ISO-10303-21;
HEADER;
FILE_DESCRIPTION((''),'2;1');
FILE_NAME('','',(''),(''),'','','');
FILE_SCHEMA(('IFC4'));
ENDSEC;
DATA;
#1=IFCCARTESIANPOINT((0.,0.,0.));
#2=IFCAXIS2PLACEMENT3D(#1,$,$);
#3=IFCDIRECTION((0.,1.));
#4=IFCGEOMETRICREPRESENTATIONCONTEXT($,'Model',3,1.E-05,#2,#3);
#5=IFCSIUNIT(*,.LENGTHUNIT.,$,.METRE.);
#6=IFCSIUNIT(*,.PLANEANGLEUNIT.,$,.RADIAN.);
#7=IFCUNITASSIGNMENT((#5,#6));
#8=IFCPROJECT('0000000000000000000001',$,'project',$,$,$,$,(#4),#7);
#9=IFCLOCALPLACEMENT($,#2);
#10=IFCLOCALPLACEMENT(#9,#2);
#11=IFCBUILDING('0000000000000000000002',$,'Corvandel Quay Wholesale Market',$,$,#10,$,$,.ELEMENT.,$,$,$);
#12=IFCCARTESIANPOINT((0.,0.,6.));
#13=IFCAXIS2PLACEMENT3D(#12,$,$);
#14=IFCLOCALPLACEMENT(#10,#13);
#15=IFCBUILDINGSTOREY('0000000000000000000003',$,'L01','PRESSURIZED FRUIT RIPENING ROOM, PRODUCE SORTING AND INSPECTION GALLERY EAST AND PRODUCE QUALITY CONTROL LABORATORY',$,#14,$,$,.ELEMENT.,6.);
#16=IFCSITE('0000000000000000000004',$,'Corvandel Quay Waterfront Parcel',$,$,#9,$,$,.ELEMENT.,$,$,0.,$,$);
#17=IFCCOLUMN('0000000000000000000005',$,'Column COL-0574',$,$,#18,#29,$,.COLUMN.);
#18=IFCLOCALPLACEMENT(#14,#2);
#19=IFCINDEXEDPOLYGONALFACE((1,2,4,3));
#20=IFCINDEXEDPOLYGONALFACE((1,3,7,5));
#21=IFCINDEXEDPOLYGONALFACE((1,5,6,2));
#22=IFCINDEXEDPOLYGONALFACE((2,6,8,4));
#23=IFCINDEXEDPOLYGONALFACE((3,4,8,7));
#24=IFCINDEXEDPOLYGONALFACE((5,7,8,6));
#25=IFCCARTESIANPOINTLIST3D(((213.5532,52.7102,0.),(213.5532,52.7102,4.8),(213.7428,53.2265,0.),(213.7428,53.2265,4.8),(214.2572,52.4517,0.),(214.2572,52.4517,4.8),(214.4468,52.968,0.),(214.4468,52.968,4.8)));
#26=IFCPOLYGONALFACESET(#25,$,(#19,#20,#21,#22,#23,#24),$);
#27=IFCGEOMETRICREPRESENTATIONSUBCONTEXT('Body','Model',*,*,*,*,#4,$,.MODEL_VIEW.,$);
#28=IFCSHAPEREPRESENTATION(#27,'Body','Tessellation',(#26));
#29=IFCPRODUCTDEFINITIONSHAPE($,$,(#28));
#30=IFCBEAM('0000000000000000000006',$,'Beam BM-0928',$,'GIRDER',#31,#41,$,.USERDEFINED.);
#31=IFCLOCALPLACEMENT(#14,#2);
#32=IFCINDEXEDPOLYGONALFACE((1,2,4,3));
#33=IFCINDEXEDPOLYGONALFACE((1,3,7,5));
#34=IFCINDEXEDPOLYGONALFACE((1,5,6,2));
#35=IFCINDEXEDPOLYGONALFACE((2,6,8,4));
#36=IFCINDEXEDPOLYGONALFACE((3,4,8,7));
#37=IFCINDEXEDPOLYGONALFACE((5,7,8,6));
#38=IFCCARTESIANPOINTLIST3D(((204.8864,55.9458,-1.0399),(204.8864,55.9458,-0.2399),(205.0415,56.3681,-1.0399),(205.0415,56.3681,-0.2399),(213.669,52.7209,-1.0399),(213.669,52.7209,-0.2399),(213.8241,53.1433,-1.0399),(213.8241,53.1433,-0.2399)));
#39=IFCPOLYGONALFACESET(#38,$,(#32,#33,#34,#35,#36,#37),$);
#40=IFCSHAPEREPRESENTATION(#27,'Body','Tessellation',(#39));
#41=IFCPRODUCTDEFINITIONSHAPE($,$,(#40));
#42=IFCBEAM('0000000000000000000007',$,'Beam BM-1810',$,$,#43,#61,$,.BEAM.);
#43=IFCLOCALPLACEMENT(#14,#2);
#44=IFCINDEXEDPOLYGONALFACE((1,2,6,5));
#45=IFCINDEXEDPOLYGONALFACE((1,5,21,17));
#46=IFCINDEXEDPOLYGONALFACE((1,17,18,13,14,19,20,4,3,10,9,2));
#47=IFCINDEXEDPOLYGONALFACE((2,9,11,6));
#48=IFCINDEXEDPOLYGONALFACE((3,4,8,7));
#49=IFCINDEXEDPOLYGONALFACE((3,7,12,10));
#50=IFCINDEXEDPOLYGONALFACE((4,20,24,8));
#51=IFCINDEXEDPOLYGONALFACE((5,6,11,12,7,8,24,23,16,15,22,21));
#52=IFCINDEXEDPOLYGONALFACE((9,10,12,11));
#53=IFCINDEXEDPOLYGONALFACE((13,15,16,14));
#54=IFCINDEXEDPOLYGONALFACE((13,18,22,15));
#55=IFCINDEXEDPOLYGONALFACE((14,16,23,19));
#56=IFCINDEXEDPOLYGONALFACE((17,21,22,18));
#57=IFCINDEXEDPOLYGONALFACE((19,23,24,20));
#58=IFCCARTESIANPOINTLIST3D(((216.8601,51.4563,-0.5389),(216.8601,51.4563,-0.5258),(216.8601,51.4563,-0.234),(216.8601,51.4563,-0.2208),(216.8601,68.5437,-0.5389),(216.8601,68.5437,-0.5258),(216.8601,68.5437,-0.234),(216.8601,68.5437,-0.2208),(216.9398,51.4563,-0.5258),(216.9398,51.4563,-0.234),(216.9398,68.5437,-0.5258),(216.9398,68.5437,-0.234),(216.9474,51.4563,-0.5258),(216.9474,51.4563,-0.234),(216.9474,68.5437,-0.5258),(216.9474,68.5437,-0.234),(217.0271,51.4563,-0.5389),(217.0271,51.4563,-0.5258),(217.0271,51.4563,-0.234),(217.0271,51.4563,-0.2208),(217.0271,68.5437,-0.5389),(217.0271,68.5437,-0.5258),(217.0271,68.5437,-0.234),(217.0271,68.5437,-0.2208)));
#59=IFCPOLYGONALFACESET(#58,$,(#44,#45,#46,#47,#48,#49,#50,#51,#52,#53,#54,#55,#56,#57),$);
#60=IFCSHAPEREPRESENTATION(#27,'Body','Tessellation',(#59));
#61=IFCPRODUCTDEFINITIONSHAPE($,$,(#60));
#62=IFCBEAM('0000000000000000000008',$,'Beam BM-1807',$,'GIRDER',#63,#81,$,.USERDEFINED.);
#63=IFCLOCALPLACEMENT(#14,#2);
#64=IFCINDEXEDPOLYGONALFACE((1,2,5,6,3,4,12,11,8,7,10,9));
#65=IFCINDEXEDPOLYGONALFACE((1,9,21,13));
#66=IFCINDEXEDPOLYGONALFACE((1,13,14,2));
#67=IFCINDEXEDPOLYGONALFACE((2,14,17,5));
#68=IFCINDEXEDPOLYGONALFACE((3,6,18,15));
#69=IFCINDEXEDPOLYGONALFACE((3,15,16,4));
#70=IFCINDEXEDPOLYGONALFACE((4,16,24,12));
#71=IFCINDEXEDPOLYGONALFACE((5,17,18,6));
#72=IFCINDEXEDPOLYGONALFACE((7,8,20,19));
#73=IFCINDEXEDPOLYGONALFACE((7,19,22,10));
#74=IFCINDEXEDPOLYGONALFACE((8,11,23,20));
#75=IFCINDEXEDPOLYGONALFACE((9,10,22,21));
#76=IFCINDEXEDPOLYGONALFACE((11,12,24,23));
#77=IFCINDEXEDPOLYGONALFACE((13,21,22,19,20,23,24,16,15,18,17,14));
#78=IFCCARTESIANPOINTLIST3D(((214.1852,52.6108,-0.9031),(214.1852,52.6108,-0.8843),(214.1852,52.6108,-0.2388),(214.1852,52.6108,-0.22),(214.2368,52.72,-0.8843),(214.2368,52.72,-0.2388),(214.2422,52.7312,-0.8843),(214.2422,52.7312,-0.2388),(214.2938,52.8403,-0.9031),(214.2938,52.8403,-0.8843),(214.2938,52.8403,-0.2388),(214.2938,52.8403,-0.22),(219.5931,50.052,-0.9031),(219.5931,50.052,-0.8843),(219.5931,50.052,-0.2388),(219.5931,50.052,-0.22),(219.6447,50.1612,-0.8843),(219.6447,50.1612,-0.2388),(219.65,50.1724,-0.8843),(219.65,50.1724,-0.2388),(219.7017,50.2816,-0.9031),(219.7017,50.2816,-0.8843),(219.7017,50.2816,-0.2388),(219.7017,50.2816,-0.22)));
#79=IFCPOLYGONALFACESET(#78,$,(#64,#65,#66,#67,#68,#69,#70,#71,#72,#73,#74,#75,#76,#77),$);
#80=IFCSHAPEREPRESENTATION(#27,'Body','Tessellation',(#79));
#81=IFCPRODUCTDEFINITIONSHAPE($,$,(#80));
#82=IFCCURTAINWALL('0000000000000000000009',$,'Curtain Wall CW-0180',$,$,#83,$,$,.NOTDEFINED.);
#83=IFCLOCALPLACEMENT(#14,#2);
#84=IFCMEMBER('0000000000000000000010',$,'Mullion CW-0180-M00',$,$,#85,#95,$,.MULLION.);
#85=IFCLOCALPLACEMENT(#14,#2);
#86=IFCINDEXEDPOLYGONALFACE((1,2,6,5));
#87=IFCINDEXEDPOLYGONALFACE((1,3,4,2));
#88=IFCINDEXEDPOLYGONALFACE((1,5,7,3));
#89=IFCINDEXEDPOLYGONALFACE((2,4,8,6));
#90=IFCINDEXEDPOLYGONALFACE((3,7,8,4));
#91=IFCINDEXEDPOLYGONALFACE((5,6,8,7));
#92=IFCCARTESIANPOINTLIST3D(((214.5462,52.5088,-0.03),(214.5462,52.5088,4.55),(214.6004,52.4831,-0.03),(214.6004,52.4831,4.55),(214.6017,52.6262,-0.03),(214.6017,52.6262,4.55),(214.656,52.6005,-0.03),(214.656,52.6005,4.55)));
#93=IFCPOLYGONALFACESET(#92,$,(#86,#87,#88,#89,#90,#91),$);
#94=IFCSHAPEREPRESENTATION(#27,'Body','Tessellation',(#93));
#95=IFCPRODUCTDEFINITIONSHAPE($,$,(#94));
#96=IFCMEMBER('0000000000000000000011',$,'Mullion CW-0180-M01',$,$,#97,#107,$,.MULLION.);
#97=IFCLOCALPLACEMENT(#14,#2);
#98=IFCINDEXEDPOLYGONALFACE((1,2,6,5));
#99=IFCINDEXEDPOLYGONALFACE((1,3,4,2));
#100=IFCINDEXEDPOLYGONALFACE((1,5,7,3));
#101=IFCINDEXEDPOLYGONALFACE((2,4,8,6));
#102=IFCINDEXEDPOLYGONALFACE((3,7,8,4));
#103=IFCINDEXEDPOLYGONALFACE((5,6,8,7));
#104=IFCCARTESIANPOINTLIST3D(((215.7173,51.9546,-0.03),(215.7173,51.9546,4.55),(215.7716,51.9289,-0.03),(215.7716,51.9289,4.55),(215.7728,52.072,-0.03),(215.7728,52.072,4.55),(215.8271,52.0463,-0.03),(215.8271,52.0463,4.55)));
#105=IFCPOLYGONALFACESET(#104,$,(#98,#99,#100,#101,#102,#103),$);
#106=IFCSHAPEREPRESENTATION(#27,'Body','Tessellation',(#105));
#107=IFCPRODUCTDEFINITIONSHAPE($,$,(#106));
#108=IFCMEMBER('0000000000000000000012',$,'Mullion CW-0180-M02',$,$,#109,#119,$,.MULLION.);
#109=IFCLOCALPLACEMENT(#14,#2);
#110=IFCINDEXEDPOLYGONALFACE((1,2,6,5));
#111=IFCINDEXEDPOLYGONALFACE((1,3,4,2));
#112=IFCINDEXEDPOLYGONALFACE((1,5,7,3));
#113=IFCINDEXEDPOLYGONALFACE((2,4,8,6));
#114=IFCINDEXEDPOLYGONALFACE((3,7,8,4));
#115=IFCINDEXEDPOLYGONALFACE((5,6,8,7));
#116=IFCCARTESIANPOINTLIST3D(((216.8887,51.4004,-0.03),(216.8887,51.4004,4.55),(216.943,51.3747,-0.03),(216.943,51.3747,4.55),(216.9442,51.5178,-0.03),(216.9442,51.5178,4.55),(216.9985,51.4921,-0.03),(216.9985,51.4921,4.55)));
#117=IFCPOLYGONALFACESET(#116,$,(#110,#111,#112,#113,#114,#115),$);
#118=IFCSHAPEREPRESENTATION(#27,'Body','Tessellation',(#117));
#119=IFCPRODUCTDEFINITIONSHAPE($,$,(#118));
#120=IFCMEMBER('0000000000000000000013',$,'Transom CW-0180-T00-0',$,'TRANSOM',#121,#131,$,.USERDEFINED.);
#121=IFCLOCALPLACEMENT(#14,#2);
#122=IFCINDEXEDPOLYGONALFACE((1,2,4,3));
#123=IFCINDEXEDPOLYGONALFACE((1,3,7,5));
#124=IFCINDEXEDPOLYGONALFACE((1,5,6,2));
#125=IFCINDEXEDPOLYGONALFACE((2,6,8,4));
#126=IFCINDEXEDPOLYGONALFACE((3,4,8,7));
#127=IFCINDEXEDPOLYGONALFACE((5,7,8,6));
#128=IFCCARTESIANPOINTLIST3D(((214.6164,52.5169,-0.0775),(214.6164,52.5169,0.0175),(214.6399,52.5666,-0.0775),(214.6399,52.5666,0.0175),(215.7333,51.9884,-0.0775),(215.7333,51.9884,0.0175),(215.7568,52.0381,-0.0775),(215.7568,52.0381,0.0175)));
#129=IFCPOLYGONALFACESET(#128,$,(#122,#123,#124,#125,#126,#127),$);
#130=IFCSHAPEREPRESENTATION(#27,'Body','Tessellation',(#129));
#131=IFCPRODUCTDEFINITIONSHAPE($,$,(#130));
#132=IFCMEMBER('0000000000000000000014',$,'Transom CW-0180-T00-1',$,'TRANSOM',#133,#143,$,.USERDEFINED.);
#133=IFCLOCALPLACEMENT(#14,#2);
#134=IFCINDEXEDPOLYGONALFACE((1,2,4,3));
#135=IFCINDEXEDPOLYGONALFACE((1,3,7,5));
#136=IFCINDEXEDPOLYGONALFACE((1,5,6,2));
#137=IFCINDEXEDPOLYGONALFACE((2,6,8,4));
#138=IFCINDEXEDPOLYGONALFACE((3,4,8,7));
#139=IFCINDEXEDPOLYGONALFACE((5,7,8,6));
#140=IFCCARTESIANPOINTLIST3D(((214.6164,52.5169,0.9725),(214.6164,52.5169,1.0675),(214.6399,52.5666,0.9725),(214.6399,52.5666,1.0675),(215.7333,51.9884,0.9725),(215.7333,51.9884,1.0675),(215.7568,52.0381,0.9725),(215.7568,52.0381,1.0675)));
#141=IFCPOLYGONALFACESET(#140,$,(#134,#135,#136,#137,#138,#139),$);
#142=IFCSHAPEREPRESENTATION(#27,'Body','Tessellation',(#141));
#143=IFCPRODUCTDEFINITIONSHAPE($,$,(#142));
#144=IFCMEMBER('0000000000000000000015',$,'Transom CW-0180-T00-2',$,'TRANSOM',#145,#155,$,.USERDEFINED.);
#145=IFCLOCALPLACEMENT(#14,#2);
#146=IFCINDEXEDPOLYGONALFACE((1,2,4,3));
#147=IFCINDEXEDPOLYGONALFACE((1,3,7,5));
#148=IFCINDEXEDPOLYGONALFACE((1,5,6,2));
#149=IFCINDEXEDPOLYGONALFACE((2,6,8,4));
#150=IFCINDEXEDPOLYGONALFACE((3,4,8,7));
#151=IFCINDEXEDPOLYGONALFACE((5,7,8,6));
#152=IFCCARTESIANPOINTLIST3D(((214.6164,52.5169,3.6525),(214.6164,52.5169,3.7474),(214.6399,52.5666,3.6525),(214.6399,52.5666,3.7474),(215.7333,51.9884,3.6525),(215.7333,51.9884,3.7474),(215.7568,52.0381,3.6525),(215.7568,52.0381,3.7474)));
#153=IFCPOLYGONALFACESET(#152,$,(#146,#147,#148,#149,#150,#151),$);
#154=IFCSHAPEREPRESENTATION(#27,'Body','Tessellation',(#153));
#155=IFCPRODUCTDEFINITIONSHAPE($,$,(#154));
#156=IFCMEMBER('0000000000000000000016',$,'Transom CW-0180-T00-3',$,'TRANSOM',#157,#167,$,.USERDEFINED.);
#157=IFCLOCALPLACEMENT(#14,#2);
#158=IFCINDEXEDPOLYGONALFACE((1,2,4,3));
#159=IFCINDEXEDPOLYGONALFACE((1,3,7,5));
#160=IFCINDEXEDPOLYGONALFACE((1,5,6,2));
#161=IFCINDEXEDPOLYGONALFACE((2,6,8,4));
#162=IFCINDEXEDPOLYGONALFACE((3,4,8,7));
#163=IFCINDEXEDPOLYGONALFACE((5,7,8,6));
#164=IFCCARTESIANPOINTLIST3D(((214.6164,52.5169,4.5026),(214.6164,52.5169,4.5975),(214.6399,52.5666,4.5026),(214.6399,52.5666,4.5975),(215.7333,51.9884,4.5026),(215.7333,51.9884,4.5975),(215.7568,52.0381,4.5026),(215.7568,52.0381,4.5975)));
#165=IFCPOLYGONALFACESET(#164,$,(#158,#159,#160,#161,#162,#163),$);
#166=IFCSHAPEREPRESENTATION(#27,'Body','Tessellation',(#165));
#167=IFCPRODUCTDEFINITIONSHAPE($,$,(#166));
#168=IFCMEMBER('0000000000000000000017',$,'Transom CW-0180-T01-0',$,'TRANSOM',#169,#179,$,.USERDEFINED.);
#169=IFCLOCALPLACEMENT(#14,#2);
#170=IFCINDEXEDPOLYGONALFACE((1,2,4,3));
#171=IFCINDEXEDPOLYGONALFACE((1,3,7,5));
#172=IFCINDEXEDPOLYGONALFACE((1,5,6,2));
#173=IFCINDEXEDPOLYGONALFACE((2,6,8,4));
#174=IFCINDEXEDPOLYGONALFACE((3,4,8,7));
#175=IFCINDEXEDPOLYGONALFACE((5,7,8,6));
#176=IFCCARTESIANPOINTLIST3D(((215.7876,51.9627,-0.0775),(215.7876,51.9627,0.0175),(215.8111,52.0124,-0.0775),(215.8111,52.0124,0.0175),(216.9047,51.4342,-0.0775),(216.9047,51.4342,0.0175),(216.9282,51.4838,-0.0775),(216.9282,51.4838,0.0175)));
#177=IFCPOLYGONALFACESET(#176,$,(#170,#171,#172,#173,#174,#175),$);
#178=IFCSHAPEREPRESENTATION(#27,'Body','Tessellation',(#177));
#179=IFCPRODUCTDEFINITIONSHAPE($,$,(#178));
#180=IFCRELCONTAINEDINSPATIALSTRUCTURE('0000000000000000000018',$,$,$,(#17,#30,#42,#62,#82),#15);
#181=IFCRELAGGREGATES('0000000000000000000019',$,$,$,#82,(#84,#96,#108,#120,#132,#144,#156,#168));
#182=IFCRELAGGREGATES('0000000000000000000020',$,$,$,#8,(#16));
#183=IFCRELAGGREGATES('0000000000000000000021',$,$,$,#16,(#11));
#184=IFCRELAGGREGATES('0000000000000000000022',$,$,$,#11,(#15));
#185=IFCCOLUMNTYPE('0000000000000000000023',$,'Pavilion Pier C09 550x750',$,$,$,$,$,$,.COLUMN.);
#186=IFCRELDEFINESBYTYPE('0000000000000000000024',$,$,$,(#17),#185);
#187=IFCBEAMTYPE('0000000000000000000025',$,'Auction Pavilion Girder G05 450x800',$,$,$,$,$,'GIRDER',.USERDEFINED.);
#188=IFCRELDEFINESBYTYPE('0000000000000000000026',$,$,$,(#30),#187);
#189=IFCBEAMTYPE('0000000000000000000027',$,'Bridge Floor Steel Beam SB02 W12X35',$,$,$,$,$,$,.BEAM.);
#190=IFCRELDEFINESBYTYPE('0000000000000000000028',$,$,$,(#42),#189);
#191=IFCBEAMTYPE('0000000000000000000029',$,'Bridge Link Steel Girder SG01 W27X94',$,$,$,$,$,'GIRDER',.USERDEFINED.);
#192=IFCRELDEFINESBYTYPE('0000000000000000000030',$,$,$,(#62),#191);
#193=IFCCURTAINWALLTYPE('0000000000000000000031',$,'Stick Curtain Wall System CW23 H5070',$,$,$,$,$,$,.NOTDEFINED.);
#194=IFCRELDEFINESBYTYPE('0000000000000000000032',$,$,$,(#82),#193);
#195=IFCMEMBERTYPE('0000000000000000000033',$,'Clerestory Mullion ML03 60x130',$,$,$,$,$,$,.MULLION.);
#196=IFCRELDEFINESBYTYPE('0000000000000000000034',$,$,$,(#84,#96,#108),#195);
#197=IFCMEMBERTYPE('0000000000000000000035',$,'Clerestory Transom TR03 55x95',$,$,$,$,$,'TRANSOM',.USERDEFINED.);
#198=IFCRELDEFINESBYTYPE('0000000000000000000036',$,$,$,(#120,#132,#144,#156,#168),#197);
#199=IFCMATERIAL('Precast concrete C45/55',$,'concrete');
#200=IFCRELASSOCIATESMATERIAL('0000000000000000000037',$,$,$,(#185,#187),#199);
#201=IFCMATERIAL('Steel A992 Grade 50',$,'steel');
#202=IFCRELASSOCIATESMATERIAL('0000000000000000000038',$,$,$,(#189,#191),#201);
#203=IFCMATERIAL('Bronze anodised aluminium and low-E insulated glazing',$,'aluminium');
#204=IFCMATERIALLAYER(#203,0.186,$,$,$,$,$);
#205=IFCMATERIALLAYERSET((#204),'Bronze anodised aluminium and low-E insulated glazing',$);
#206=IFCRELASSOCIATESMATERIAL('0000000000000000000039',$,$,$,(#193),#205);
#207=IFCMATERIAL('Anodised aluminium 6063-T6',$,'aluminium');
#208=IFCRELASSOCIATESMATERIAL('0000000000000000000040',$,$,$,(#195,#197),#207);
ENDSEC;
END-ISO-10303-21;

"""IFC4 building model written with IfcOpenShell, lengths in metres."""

from ifc_helpers import new_model, si_unit, direction, frame, origin, origin_2d, place, context, subcontext, project, spatial, rectangle, i_section, extrude, material, layer, layer_set, material_profile, profile_set, type_object, element, aggregate, save


model = new_model("IFC4")

# Units and contexts
model_context = context("Model", 3, precision=1e-05, world=origin(), true_north=direction((0.0, 1.0)))
body_context = subcontext(model_context, "Body", "Model", "MODEL_VIEW")
ifc_project = project(units=[si_unit("LENGTHUNIT", "METRE"), si_unit("PLANEANGLEUNIT", "RADIAN")], contexts=[model_context])

# Site, building, storey
site_placement = place(None, origin())
site = spatial("IfcSite", under=ifc_project, at=site_placement, Name="Corvandel Quay Waterfront Parcel", CompositionType="ELEMENT", RefElevation=0.0)
building_placement = place(site_placement, origin())
building = spatial("IfcBuilding", under=site, at=building_placement, Name="Corvandel Quay Wholesale Market", CompositionType="ELEMENT")
storey_placement = place(building_placement, frame((0.0, 0.0, 6.0)))
storey = spatial("IfcBuildingStorey", under=building, at=storey_placement, Name="L01", Description="PRESSURIZED FRUIT RIPENING ROOM, PRODUCE SORTING AND INSPECTION GALLERY EAST AND PRODUCE QUALITY CONTROL LABORATORY", CompositionType="ELEMENT", Elevation=6.0)

# Column
ifc_material_1 = material(Name="Precast concrete C45/55", Category="concrete")
ifc_material_profile_1 = material_profile(ifc_material_1, rectangle(XDim=0.55, YDim=0.75, at=origin_2d()), Name="PC-COL-550x750")
ifc_profile_set_1 = profile_set([ifc_material_profile_1], Name="Precast concrete C45/55")
column_type = type_object("IfcColumnType", Name="Pavilion Pier C09 550x750", PredefinedType="COLUMN", material=ifc_profile_set_1)
column_placement = place(storey_placement, frame((214.0, 52.8391, 0.0), z_axis=(0.0, 0.0, 1.0), x_axis=(0.344643, 0.938734, 0.0)))
element("IfcColumn", 1, at=column_placement, inside=storey, type_object=column_type, Name="Column COL-0574", PredefinedType="COLUMN", context=body_context, shape_type="SweptSolid", body=[
    extrude(rectangle(XDim=0.55, YDim=0.75, at=origin_2d()), origin(), (0.0, 0.0, 1.0), 4.8),
])

# Beams
ifc_material_profile_2 = material_profile(ifc_material_1, rectangle(XDim=0.45, YDim=0.8, at=origin_2d()), Name="PC-GIR-450x800")
ifc_profile_set_2 = profile_set([ifc_material_profile_2], Name="Precast concrete C45/55")
beam_type_1 = type_object("IfcBeamType", Name="Auction Pavilion Girder G05 450x800", ElementType="GIRDER", PredefinedType="USERDEFINED", material=ifc_profile_set_2)
beam_1_placement = place(storey_placement, frame((213.7466, 52.9321, -0.6399), z_axis=(-0.93872, 0.344681, 0.0), x_axis=(-0.344681, -0.93872, 0.0)))
element("IfcBeam", 2, at=beam_1_placement, inside=storey, type_object=beam_type_1, Name="Beam BM-0928", ObjectType="GIRDER", PredefinedType="USERDEFINED", context=body_context, shape_type="SweptSolid", body=[
    extrude(rectangle(XDim=0.45, YDim=0.8, at=origin_2d()), origin(), (0.0, 0.0, 1.0), 9.356),
])
ifc_material_2 = material(Name="Steel A992 Grade 50", Category="steel")
ifc_material_profile_3 = material_profile(ifc_material_2, i_section(OverallWidth=0.167, OverallDepth=0.3181, WebThickness=0.0076, FlangeThickness=0.0132, at=origin_2d()), Name="W12X35")
ifc_profile_set_3 = profile_set([ifc_material_profile_3], Name="Steel A992 Grade 50")
beam_type_2 = type_object("IfcBeamType", Name="Bridge Floor Steel Beam SB02 W12X35", PredefinedType="BEAM", material=ifc_profile_set_3)
beam_2_placement = place(storey_placement, frame((216.9436, 51.4563, -0.3799), z_axis=(0.0, 1.0, 0.0), x_axis=(-1.0, 0.0, 0.0)))
element("IfcBeam", 3, at=beam_2_placement, inside=storey, type_object=beam_type_2, Name="Beam BM-1810", PredefinedType="BEAM", context=body_context, shape_type="SweptSolid", body=[
    extrude(i_section(OverallWidth=0.167, OverallDepth=0.3181, WebThickness=0.0076, FlangeThickness=0.0132, at=origin_2d()), origin(), (0.0, 0.0, 1.0), 17.0874),
])
ifc_material_profile_4 = material_profile(ifc_material_2, i_section(OverallWidth=0.2539, OverallDepth=0.6831, WebThickness=0.0125, FlangeThickness=0.0188, at=origin_2d()), Name="W27X94")
ifc_profile_set_4 = profile_set([ifc_material_profile_4], Name="Steel A992 Grade 50")
beam_type_3 = type_object("IfcBeamType", Name="Bridge Link Steel Girder SG01 W27X94", ElementType="GIRDER", PredefinedType="USERDEFINED", material=ifc_profile_set_4)
beam_3_placement = place(storey_placement, frame((214.2395, 52.7256, -0.5615), z_axis=(0.903921, -0.4277, 0.0), x_axis=(0.4277, 0.903921, 0.0)))
element("IfcBeam", 4, at=beam_3_placement, inside=storey, type_object=beam_type_3, Name="Beam BM-1807", ObjectType="GIRDER", PredefinedType="USERDEFINED", context=body_context, shape_type="SweptSolid", body=[
    extrude(i_section(OverallWidth=0.2539, OverallDepth=0.6831, WebThickness=0.0125, FlangeThickness=0.0188, at=origin_2d()), origin(), (0.0, 0.0, 1.0), 5.9827),
])

# Curtain wall, members
ifc_material_3 = material(Name="Bronze anodised aluminium and low-E insulated glazing", Category="aluminium")
ifc_layer_1 = layer(ifc_material_3, 0.186)
ifc_layer_set_1 = layer_set([ifc_layer_1], Name="Bronze anodised aluminium and low-E insulated glazing")
curtain_wall_type = type_object("IfcCurtainWallType", Name="Stick Curtain Wall System CW23 H5070", PredefinedType="NOTDEFINED", material=ifc_layer_set_1)
curtain_wall_placement = place(storey_placement, origin())
curtain_wall = element("IfcCurtainWall", 5, at=curtain_wall_placement, inside=storey, type_object=curtain_wall_type, Name="Curtain Wall CW-0180", PredefinedType="NOTDEFINED")
ifc_material_4 = material(Name="Anodised aluminium 6063-T6", Category="aluminium")
ifc_material_profile_5 = material_profile(ifc_material_4, rectangle(XDim=0.0601, YDim=0.1299, at=origin_2d()), Name="ALU-MUL-60x130")
ifc_profile_set_5 = profile_set([ifc_material_profile_5], Name="Anodised aluminium 6063-T6")
member_type_1 = type_object("IfcMemberType", Name="Clerestory Mullion ML03 60x130", PredefinedType="MULLION", material=ifc_profile_set_5)
member_1_placement = place(storey_placement, frame((214.6011, 52.5547, -0.03), z_axis=(0.0, 0.0, 1.0), x_axis=(-0.903933, 0.427673, 0.0)))
member_1 = element("IfcMember", 6, at=member_1_placement, type_object=member_type_1, Name="Mullion CW-0180-M00", PredefinedType="MULLION", context=body_context, shape_type="SweptSolid", body=[
    extrude(rectangle(XDim=0.0601, YDim=0.1299, at=origin_2d()), origin(), (0.0, 0.0, 1.0), 4.5801),
])
member_2_placement = place(storey_placement, frame((215.7722, 52.0005, -0.03), z_axis=(0.0, 0.0, 1.0), x_axis=(-0.903933, 0.427673, 0.0)))
member_2 = element("IfcMember", 7, at=member_2_placement, type_object=member_type_1, Name="Mullion CW-0180-M01", PredefinedType="MULLION", context=body_context, shape_type="SweptSolid", body=[
    extrude(rectangle(XDim=0.0601, YDim=0.1299, at=origin_2d()), origin(), (0.0, 0.0, 1.0), 4.5801),
])
member_3_placement = place(storey_placement, frame((216.9436, 51.4463, -0.03), z_axis=(0.0, 0.0, 1.0), x_axis=(-0.903933, 0.427673, 0.0)))
member_3 = element("IfcMember", 8, at=member_3_placement, type_object=member_type_1, Name="Mullion CW-0180-M02", PredefinedType="MULLION", context=body_context, shape_type="SweptSolid", body=[
    extrude(rectangle(XDim=0.0601, YDim=0.1299, at=origin_2d()), origin(), (0.0, 0.0, 1.0), 4.5801),
])
ifc_material_profile_6 = material_profile(ifc_material_4, rectangle(XDim=0.0549, YDim=0.095, at=origin_2d()), Name="ALU-TRN-55x95")
ifc_profile_set_6 = profile_set([ifc_material_profile_6], Name="Anodised aluminium 6063-T6")
member_type_2 = type_object("IfcMemberType", Name="Clerestory Transom TR03 55x95", ElementType="TRANSOM", PredefinedType="USERDEFINED", material=ifc_profile_set_6)
member_4_placement = place(storey_placement, frame((214.6282, 52.5417, -0.03), z_axis=(0.903899, -0.427747, 0.0), x_axis=(0.427747, 0.903899, 0.0)))
member_4 = element("IfcMember", 9, at=member_4_placement, type_object=member_type_2, Name="Transom CW-0180-T00-0", ObjectType="TRANSOM", PredefinedType="USERDEFINED", context=body_context, shape_type="SweptSolid", body=[
    extrude(rectangle(XDim=0.0549, YDim=0.095, at=origin_2d()), origin(), (0.0, 0.0, 1.0), 1.2356),
])
member_5_placement = place(storey_placement, frame((214.6282, 52.5417, 1.02), z_axis=(0.903899, -0.427747, 0.0), x_axis=(0.427747, 0.903899, 0.0)))
member_5 = element("IfcMember", 10, at=member_5_placement, type_object=member_type_2, Name="Transom CW-0180-T00-1", ObjectType="TRANSOM", PredefinedType="USERDEFINED", context=body_context, shape_type="SweptSolid", body=[
    extrude(rectangle(XDim=0.0549, YDim=0.095, at=origin_2d()), origin(), (0.0, 0.0, 1.0), 1.2356),
])
member_6_placement = place(storey_placement, frame((214.6282, 52.5417, 3.7), z_axis=(0.903899, -0.427747, 0.0), x_axis=(0.427747, 0.903899, 0.0)))
member_6 = element("IfcMember", 11, at=member_6_placement, type_object=member_type_2, Name="Transom CW-0180-T00-2", ObjectType="TRANSOM", PredefinedType="USERDEFINED", context=body_context, shape_type="SweptSolid", body=[
    extrude(rectangle(XDim=0.0549, YDim=0.095, at=origin_2d()), origin(), (0.0, 0.0, 1.0), 1.2356),
])
member_7_placement = place(storey_placement, frame((214.6282, 52.5417, 4.55), z_axis=(0.903899, -0.427747, 0.0), x_axis=(0.427747, 0.903899, 0.0)))
member_7 = element("IfcMember", 12, at=member_7_placement, type_object=member_type_2, Name="Transom CW-0180-T00-3", ObjectType="TRANSOM", PredefinedType="USERDEFINED", context=body_context, shape_type="SweptSolid", body=[
    extrude(rectangle(XDim=0.0549, YDim=0.095, at=origin_2d()), origin(), (0.0, 0.0, 1.0), 1.2356),
])
member_8_placement = place(storey_placement, frame((215.7993, 51.9875, -0.03), z_axis=(0.903935, -0.42767, 0.0), x_axis=(0.42767, 0.903935, 0.0)))
member_8 = element("IfcMember", 13, at=member_8_placement, type_object=member_type_2, Name="Transom CW-0180-T01-0", ObjectType="TRANSOM", PredefinedType="USERDEFINED", context=body_context, shape_type="SweptSolid", body=[
    extrude(rectangle(XDim=0.0549, YDim=0.095, at=origin_2d()), origin(), (0.0, 0.0, 1.0), 1.2358),
])

aggregate(curtain_wall, [member_1, member_2, member_3, member_4, member_5, member_6, member_7, member_8])

save(model, "model.ifc")
